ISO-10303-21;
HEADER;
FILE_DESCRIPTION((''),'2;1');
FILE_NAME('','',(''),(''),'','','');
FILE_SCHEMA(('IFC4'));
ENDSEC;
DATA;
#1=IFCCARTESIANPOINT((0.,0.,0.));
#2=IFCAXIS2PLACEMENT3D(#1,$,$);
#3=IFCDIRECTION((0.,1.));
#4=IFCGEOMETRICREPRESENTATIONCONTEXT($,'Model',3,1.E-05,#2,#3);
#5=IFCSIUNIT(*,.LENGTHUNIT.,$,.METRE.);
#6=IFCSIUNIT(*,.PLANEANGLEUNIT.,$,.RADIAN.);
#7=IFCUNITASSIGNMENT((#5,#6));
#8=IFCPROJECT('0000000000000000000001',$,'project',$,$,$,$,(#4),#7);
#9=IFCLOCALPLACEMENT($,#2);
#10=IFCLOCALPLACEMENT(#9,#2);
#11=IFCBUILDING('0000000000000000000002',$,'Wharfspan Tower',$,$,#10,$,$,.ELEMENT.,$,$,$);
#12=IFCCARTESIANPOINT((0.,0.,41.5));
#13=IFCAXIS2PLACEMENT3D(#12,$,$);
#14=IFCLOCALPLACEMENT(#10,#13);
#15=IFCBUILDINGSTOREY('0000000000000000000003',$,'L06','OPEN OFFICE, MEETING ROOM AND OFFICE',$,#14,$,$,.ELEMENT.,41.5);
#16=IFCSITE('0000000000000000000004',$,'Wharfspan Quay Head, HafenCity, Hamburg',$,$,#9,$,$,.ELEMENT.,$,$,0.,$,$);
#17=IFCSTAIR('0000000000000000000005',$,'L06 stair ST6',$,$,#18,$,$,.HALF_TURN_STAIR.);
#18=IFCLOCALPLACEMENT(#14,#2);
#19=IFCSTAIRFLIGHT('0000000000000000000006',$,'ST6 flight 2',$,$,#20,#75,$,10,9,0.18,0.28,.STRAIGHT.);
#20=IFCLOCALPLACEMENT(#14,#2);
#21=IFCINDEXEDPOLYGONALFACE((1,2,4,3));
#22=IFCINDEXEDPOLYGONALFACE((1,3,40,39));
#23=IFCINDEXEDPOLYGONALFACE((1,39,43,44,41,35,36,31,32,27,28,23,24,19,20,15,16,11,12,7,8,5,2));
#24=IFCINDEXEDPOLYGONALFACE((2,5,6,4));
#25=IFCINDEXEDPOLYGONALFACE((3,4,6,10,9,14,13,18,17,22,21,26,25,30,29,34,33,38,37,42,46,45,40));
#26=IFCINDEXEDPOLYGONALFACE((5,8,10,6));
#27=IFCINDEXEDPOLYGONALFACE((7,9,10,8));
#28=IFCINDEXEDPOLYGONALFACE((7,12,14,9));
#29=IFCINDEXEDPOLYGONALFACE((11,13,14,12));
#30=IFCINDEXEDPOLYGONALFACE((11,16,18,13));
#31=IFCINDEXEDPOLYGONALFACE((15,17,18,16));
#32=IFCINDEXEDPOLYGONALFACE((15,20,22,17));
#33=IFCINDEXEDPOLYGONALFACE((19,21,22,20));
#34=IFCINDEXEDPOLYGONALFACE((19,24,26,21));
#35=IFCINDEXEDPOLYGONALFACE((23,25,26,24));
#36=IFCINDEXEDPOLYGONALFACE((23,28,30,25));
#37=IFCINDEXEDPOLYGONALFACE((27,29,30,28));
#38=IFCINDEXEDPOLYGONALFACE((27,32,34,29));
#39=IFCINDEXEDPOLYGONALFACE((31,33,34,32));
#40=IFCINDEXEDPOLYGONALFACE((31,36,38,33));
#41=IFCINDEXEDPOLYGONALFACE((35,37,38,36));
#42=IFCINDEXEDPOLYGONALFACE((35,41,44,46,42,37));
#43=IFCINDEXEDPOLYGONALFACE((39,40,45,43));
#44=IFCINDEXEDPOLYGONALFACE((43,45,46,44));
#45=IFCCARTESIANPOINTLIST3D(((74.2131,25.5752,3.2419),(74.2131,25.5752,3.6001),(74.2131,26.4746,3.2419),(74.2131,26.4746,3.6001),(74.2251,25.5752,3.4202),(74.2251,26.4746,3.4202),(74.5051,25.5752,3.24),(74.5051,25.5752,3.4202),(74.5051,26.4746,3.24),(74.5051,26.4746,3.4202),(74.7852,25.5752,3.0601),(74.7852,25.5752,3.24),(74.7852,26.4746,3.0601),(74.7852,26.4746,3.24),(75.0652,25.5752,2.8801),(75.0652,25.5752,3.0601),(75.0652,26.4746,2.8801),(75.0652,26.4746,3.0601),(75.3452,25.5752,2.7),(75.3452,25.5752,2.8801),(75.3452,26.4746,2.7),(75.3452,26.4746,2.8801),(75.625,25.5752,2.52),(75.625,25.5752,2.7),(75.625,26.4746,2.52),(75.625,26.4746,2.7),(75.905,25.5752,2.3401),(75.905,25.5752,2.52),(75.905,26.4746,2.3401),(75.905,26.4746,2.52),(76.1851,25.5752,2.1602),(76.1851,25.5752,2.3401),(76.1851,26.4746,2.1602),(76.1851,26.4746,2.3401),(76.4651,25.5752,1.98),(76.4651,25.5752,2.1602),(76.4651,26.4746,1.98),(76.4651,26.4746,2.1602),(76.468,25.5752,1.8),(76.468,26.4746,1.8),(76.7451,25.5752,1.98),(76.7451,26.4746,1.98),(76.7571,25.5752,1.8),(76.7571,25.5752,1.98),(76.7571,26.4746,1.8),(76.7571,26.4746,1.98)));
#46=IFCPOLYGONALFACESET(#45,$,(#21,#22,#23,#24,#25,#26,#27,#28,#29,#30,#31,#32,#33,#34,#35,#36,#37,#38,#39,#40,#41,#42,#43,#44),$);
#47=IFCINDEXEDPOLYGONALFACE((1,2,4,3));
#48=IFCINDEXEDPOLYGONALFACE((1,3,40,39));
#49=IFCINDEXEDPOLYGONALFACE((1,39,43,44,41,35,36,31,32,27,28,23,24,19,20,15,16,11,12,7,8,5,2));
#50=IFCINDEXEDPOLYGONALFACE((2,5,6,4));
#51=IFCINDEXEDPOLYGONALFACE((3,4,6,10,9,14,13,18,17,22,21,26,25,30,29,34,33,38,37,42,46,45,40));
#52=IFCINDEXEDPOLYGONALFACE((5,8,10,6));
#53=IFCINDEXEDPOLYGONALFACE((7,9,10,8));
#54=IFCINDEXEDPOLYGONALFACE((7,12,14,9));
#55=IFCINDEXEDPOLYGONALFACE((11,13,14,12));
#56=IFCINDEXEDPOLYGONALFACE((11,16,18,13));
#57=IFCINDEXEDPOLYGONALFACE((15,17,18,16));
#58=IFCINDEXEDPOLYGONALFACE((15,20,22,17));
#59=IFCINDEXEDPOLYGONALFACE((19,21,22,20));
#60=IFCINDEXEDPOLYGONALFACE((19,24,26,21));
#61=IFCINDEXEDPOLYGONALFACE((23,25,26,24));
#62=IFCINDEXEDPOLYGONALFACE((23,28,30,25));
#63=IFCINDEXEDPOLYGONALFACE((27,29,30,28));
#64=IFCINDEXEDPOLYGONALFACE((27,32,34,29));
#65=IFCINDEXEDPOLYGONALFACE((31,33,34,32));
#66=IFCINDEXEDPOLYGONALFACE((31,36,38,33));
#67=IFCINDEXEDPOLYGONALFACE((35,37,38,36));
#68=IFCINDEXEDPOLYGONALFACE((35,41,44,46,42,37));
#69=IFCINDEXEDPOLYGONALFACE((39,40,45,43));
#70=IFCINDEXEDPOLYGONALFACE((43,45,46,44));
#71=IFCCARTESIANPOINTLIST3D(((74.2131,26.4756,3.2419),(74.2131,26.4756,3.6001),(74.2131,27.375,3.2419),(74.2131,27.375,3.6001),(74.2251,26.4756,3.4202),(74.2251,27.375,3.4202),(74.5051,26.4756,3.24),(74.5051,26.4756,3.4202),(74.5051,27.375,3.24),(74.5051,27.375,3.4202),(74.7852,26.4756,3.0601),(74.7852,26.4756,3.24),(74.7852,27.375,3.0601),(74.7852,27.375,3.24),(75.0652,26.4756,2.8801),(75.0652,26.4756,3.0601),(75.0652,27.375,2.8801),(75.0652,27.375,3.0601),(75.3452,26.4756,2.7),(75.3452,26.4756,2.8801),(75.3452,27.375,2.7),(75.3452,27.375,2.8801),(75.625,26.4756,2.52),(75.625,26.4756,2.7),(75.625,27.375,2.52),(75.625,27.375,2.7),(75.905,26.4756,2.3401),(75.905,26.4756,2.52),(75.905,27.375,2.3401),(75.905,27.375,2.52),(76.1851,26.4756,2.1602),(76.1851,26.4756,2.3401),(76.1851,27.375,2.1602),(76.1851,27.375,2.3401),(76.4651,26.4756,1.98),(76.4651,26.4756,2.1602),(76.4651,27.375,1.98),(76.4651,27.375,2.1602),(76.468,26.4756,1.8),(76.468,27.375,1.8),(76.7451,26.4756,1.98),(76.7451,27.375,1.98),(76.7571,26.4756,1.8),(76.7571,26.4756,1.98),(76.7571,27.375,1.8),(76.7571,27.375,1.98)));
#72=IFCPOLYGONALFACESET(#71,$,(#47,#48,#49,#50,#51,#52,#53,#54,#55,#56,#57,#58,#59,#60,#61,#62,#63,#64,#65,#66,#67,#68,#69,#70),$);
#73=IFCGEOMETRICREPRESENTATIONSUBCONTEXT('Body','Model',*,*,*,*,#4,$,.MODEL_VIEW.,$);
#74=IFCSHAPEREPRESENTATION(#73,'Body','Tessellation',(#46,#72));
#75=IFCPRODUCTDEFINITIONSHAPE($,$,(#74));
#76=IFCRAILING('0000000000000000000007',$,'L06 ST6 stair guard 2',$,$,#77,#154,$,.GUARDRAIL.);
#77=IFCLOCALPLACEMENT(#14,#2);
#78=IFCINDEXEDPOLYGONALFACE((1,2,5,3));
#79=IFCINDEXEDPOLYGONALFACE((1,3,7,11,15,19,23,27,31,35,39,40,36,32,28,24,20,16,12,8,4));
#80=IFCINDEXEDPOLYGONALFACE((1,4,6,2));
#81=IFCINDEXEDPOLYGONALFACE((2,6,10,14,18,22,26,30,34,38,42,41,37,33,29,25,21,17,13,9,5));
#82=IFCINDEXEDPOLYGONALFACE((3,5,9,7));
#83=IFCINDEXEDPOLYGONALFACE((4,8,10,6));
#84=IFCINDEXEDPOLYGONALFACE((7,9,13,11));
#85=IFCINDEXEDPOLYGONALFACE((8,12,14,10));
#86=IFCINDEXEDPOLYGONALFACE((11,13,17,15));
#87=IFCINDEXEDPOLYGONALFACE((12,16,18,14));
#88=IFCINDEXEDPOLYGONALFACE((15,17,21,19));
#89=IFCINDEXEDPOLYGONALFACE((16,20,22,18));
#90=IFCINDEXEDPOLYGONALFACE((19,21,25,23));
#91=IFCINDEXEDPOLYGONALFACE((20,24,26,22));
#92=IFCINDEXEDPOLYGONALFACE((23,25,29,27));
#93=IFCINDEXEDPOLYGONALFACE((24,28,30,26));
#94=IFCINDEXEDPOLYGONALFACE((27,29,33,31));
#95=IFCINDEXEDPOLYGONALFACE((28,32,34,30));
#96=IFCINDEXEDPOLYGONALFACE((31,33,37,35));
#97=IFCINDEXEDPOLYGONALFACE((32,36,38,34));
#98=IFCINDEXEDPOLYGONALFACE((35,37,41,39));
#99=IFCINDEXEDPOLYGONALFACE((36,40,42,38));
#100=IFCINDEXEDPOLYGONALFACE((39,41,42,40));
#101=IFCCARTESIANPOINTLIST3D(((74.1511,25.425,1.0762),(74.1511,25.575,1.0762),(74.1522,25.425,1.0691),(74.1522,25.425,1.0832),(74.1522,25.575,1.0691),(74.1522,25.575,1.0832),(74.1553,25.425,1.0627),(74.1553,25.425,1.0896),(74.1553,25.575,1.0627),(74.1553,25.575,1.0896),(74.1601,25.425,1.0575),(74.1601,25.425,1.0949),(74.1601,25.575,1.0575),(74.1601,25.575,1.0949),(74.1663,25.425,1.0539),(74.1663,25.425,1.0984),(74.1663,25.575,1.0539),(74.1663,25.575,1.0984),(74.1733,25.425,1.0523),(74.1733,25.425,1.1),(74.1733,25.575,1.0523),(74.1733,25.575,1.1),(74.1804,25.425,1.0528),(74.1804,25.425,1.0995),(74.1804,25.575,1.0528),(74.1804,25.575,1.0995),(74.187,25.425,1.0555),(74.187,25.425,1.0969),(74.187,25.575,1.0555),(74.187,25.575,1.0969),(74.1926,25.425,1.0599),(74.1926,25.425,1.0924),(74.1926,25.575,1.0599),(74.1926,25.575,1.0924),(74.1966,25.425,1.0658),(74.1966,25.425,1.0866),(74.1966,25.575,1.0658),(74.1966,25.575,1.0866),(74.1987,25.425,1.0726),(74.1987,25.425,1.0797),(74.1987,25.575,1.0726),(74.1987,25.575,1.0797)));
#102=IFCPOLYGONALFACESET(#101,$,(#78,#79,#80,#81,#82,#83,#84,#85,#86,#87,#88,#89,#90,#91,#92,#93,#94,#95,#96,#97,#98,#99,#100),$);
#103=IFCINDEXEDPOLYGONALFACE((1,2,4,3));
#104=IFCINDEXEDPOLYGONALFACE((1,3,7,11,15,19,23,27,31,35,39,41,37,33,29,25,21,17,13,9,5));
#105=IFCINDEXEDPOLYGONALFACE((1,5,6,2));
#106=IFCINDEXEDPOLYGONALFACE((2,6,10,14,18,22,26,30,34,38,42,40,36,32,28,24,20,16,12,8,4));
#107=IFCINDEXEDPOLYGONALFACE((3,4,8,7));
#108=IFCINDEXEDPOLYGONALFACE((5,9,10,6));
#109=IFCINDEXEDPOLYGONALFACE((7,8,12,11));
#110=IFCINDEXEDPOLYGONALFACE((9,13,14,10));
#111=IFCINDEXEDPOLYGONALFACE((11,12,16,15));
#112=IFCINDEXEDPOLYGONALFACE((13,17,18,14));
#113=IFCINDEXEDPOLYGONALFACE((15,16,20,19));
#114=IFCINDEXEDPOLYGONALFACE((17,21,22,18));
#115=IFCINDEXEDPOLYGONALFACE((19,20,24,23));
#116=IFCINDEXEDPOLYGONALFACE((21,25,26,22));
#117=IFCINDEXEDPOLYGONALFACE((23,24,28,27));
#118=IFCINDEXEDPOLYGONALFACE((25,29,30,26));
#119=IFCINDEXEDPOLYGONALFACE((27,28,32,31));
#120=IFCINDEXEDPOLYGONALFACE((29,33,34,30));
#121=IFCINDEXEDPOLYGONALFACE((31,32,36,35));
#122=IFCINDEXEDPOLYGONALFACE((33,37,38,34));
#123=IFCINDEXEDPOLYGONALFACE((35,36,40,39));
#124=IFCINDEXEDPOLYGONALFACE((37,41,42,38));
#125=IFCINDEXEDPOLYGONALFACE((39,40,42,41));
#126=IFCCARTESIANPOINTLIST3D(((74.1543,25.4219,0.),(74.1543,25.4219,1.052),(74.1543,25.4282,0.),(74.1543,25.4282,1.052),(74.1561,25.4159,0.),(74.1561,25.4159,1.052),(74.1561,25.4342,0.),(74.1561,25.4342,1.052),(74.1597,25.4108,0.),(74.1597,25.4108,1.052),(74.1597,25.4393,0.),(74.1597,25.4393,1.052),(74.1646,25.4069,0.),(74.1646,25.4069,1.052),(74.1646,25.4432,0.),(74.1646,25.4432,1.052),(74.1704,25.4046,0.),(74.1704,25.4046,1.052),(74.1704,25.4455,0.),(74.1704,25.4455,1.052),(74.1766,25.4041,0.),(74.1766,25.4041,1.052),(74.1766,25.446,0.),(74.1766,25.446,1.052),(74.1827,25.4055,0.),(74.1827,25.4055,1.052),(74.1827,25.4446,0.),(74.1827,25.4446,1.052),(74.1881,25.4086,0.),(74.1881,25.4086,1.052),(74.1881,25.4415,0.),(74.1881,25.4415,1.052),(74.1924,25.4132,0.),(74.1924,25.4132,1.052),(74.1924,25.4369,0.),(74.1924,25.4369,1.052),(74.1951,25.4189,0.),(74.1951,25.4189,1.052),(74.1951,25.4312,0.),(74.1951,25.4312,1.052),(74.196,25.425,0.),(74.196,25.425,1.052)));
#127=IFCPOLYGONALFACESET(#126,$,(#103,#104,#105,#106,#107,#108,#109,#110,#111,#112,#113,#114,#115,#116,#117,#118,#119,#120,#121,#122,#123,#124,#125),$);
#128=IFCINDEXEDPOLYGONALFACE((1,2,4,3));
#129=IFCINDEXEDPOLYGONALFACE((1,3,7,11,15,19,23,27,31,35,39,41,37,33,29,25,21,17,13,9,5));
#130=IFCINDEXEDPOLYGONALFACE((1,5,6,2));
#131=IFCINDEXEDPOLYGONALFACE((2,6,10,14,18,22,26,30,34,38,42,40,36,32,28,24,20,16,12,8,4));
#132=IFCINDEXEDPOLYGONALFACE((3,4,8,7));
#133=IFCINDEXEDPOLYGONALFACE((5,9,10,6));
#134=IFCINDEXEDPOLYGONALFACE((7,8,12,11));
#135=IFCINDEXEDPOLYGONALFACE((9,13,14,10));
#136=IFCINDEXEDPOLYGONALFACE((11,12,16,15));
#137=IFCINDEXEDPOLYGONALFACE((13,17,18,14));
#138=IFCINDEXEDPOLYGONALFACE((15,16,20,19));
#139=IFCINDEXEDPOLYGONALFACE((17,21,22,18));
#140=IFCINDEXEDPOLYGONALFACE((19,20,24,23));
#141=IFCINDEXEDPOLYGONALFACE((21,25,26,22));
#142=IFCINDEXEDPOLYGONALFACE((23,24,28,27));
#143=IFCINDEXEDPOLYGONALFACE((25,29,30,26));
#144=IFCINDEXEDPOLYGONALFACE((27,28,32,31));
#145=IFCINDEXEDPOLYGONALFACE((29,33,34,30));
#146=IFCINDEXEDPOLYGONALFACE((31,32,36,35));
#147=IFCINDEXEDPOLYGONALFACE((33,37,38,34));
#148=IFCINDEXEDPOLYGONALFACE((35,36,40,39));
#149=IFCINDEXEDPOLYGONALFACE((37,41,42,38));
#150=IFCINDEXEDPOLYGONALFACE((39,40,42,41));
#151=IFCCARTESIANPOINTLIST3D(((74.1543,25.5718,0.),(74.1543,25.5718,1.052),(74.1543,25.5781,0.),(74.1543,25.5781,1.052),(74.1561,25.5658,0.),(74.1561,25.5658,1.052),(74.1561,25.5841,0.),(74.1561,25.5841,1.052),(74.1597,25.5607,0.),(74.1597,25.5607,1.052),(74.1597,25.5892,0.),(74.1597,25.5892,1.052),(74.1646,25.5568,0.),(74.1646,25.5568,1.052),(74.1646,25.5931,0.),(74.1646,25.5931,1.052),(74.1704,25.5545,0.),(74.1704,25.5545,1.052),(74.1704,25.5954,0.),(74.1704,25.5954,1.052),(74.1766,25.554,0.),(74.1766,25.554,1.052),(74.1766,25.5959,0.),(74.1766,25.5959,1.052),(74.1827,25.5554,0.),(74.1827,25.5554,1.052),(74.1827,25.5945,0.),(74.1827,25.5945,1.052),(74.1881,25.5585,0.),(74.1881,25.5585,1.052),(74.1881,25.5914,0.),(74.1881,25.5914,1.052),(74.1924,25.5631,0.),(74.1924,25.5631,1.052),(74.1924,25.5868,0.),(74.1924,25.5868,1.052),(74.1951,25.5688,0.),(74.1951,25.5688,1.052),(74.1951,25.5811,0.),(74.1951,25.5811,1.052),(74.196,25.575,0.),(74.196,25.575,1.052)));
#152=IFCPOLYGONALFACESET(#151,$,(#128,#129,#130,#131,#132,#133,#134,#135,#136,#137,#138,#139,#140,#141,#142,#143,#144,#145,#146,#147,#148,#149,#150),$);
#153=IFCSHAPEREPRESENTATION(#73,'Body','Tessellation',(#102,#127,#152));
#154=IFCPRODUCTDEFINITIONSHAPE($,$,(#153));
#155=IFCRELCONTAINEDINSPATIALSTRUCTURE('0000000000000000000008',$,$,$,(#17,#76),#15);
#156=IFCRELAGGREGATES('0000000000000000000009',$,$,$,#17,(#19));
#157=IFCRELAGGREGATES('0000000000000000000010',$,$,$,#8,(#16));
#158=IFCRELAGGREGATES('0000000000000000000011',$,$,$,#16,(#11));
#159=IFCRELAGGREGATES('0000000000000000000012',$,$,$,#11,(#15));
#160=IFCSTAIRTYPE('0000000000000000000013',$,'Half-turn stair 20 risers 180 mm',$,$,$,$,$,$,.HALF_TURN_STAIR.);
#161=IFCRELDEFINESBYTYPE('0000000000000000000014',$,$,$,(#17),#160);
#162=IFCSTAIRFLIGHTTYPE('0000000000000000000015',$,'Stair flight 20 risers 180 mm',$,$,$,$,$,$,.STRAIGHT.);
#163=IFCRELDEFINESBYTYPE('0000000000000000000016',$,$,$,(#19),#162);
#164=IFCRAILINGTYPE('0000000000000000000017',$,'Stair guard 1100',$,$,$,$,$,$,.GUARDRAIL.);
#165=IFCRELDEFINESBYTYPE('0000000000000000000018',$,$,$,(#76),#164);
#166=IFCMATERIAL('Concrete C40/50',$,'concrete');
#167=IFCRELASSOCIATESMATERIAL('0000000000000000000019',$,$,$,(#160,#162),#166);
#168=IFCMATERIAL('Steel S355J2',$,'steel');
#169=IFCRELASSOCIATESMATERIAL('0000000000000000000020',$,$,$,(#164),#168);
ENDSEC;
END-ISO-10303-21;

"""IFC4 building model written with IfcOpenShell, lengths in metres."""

from ifc_helpers import new_model, si_unit, direction, frame, origin, origin_2d, place, context, subcontext, project, spatial, polyline, circle, outline, extrude, material, type_object, element, aggregate, save


model = new_model("IFC4")

# Units and contexts
model_context = context("Model", 3, precision=1e-05, world=origin(), true_north=direction((0.0, 1.0)))
body_context = subcontext(model_context, "Body", "Model", "MODEL_VIEW")
ifc_project = project(units=[si_unit("LENGTHUNIT", "METRE"), si_unit("PLANEANGLEUNIT", "RADIAN")], contexts=[model_context])

# Site, building, storey
site_placement = place(None, origin())
site = spatial("IfcSite", under=ifc_project, at=site_placement, Name="Wharfspan Quay Head, HafenCity, Hamburg", CompositionType="ELEMENT", RefElevation=0.0)
building_placement = place(site_placement, origin())
building = spatial("IfcBuilding", under=site, at=building_placement, Name="Wharfspan Tower", CompositionType="ELEMENT")
storey_placement = place(building_placement, frame((0.0, 0.0, 41.5)))
storey = spatial("IfcBuildingStorey", under=building, at=storey_placement, Name="L06", Description="OPEN OFFICE, MEETING ROOM AND OFFICE", CompositionType="ELEMENT", Elevation=41.5)

# Shared definitions
ifc_material_1 = material(Name="Steel S355J2", Category="steel")

# Shared definitions
ifc_material_2 = material(Name="Concrete C40/50", Category="concrete")

# Stair, stair flight
stair_type = type_object("IfcStairType", Name="Half-turn stair 20 risers 180 mm", PredefinedType="HALF_TURN_STAIR", material=ifc_material_2)
stair_placement = place(storey_placement, origin())
stair = element("IfcStair", 1, at=stair_placement, inside=storey, type_object=stair_type, Name="L06 stair ST6", PredefinedType="HALF_TURN_STAIR")
stair_flight_type = type_object("IfcStairFlightType", Name="Stair flight 20 risers 180 mm", PredefinedType="STRAIGHT", material=ifc_material_2)
stair_flight_1_placement = place(storey_placement, frame((76.7451, 26.4751, 1.8), z_axis=(0.0, 0.0, 1.0), x_axis=(-1.0, 0.0, 0.0)))
stair_flight_1 = element("IfcStairFlight", 2, at=stair_flight_1_placement, type_object=stair_flight_type, Name="ST6 flight 2", NumberOfRisers=10, NumberOfTreads=9, PredefinedType="STRAIGHT", RiserHeight=0.18, TreadLength=0.28, context=body_context, shape_type="SweptSolid", body=[
    extrude(outline(polyline([(-0.012, 0.0), (-0.012, 0.1799), (0.0, 0.1799), (0.28, 0.1799), (0.28, 0.3601), (0.5601, 0.3601), (0.5601, 0.54), (0.8401, 0.54), (0.8401, 0.72), (1.1201, 0.72), (1.1201, 0.8999), (1.3999, 0.8999), (1.3999, 1.0801), (1.6799, 1.0801), (1.6799, 1.26), (1.96, 1.26), (1.96, 1.4399), (2.24, 1.4399), (2.24, 1.6201), (2.52, 1.6201), (2.532, 1.8), (2.532, 1.4419), (0.2771, 0.0), (-0.012, 0.0)])), frame((0.0, 0.8999, 0.0), z_axis=(0.0, -1.0, 0.0), x_axis=(1.0, 0.0, 0.0)), (0.0, 0.0, 1.0), 0.8994),
    extrude(outline(polyline([(-0.012, 0.0), (-0.012, 0.1799), (0.0, 0.1799), (0.28, 0.1799), (0.28, 0.3601), (0.5601, 0.3601), (0.5601, 0.54), (0.8401, 0.54), (0.8401, 0.72), (1.1201, 0.72), (1.1201, 0.8999), (1.3999, 0.8999), (1.3999, 1.0801), (1.6799, 1.0801), (1.6799, 1.26), (1.96, 1.26), (1.96, 1.4399), (2.24, 1.4399), (2.24, 1.6201), (2.52, 1.6201), (2.532, 1.8), (2.532, 1.4419), (0.2771, 0.0), (-0.012, 0.0)])), frame((0.0, -0.0005, 0.0), z_axis=(0.0, -1.0, 0.0), x_axis=(1.0, 0.0, 0.0)), (0.0, 0.0, 1.0), 0.8994),
])
aggregate(stair, [stair_flight_1])

# Railing
railing_type_1 = type_object("IfcRailingType", Name="Stair guard 1100", PredefinedType="GUARDRAIL", material=ifc_material_1)
railing_1_placement = place(storey_placement, frame((74.175, 25.425, 0.0)))
element("IfcRailing", 3, at=railing_1_placement, inside=storey, type_object=railing_type_1, Name="L06 ST6 stair guard 2", PredefinedType="GUARDRAIL", context=body_context, shape_type="SweptSolid", body=[
    extrude(circle(Radius=0.0239, at=origin_2d()), frame((0.0, 0.0, 1.0762), z_axis=(0.0, 1.0, 0.0), x_axis=(-1.0, 0.0, 0.0)), (0.0, 0.0, 1.0), 0.1499),
    extrude(circle(Radius=0.021, at=origin_2d()), origin(), (0.0, 0.0, 1.0), 1.052),
    extrude(circle(Radius=0.021, at=origin_2d()), frame((0.0, 0.1499, 0.0)), (0.0, 0.0, 1.0), 1.052),
])

save(model, "model.ifc")
